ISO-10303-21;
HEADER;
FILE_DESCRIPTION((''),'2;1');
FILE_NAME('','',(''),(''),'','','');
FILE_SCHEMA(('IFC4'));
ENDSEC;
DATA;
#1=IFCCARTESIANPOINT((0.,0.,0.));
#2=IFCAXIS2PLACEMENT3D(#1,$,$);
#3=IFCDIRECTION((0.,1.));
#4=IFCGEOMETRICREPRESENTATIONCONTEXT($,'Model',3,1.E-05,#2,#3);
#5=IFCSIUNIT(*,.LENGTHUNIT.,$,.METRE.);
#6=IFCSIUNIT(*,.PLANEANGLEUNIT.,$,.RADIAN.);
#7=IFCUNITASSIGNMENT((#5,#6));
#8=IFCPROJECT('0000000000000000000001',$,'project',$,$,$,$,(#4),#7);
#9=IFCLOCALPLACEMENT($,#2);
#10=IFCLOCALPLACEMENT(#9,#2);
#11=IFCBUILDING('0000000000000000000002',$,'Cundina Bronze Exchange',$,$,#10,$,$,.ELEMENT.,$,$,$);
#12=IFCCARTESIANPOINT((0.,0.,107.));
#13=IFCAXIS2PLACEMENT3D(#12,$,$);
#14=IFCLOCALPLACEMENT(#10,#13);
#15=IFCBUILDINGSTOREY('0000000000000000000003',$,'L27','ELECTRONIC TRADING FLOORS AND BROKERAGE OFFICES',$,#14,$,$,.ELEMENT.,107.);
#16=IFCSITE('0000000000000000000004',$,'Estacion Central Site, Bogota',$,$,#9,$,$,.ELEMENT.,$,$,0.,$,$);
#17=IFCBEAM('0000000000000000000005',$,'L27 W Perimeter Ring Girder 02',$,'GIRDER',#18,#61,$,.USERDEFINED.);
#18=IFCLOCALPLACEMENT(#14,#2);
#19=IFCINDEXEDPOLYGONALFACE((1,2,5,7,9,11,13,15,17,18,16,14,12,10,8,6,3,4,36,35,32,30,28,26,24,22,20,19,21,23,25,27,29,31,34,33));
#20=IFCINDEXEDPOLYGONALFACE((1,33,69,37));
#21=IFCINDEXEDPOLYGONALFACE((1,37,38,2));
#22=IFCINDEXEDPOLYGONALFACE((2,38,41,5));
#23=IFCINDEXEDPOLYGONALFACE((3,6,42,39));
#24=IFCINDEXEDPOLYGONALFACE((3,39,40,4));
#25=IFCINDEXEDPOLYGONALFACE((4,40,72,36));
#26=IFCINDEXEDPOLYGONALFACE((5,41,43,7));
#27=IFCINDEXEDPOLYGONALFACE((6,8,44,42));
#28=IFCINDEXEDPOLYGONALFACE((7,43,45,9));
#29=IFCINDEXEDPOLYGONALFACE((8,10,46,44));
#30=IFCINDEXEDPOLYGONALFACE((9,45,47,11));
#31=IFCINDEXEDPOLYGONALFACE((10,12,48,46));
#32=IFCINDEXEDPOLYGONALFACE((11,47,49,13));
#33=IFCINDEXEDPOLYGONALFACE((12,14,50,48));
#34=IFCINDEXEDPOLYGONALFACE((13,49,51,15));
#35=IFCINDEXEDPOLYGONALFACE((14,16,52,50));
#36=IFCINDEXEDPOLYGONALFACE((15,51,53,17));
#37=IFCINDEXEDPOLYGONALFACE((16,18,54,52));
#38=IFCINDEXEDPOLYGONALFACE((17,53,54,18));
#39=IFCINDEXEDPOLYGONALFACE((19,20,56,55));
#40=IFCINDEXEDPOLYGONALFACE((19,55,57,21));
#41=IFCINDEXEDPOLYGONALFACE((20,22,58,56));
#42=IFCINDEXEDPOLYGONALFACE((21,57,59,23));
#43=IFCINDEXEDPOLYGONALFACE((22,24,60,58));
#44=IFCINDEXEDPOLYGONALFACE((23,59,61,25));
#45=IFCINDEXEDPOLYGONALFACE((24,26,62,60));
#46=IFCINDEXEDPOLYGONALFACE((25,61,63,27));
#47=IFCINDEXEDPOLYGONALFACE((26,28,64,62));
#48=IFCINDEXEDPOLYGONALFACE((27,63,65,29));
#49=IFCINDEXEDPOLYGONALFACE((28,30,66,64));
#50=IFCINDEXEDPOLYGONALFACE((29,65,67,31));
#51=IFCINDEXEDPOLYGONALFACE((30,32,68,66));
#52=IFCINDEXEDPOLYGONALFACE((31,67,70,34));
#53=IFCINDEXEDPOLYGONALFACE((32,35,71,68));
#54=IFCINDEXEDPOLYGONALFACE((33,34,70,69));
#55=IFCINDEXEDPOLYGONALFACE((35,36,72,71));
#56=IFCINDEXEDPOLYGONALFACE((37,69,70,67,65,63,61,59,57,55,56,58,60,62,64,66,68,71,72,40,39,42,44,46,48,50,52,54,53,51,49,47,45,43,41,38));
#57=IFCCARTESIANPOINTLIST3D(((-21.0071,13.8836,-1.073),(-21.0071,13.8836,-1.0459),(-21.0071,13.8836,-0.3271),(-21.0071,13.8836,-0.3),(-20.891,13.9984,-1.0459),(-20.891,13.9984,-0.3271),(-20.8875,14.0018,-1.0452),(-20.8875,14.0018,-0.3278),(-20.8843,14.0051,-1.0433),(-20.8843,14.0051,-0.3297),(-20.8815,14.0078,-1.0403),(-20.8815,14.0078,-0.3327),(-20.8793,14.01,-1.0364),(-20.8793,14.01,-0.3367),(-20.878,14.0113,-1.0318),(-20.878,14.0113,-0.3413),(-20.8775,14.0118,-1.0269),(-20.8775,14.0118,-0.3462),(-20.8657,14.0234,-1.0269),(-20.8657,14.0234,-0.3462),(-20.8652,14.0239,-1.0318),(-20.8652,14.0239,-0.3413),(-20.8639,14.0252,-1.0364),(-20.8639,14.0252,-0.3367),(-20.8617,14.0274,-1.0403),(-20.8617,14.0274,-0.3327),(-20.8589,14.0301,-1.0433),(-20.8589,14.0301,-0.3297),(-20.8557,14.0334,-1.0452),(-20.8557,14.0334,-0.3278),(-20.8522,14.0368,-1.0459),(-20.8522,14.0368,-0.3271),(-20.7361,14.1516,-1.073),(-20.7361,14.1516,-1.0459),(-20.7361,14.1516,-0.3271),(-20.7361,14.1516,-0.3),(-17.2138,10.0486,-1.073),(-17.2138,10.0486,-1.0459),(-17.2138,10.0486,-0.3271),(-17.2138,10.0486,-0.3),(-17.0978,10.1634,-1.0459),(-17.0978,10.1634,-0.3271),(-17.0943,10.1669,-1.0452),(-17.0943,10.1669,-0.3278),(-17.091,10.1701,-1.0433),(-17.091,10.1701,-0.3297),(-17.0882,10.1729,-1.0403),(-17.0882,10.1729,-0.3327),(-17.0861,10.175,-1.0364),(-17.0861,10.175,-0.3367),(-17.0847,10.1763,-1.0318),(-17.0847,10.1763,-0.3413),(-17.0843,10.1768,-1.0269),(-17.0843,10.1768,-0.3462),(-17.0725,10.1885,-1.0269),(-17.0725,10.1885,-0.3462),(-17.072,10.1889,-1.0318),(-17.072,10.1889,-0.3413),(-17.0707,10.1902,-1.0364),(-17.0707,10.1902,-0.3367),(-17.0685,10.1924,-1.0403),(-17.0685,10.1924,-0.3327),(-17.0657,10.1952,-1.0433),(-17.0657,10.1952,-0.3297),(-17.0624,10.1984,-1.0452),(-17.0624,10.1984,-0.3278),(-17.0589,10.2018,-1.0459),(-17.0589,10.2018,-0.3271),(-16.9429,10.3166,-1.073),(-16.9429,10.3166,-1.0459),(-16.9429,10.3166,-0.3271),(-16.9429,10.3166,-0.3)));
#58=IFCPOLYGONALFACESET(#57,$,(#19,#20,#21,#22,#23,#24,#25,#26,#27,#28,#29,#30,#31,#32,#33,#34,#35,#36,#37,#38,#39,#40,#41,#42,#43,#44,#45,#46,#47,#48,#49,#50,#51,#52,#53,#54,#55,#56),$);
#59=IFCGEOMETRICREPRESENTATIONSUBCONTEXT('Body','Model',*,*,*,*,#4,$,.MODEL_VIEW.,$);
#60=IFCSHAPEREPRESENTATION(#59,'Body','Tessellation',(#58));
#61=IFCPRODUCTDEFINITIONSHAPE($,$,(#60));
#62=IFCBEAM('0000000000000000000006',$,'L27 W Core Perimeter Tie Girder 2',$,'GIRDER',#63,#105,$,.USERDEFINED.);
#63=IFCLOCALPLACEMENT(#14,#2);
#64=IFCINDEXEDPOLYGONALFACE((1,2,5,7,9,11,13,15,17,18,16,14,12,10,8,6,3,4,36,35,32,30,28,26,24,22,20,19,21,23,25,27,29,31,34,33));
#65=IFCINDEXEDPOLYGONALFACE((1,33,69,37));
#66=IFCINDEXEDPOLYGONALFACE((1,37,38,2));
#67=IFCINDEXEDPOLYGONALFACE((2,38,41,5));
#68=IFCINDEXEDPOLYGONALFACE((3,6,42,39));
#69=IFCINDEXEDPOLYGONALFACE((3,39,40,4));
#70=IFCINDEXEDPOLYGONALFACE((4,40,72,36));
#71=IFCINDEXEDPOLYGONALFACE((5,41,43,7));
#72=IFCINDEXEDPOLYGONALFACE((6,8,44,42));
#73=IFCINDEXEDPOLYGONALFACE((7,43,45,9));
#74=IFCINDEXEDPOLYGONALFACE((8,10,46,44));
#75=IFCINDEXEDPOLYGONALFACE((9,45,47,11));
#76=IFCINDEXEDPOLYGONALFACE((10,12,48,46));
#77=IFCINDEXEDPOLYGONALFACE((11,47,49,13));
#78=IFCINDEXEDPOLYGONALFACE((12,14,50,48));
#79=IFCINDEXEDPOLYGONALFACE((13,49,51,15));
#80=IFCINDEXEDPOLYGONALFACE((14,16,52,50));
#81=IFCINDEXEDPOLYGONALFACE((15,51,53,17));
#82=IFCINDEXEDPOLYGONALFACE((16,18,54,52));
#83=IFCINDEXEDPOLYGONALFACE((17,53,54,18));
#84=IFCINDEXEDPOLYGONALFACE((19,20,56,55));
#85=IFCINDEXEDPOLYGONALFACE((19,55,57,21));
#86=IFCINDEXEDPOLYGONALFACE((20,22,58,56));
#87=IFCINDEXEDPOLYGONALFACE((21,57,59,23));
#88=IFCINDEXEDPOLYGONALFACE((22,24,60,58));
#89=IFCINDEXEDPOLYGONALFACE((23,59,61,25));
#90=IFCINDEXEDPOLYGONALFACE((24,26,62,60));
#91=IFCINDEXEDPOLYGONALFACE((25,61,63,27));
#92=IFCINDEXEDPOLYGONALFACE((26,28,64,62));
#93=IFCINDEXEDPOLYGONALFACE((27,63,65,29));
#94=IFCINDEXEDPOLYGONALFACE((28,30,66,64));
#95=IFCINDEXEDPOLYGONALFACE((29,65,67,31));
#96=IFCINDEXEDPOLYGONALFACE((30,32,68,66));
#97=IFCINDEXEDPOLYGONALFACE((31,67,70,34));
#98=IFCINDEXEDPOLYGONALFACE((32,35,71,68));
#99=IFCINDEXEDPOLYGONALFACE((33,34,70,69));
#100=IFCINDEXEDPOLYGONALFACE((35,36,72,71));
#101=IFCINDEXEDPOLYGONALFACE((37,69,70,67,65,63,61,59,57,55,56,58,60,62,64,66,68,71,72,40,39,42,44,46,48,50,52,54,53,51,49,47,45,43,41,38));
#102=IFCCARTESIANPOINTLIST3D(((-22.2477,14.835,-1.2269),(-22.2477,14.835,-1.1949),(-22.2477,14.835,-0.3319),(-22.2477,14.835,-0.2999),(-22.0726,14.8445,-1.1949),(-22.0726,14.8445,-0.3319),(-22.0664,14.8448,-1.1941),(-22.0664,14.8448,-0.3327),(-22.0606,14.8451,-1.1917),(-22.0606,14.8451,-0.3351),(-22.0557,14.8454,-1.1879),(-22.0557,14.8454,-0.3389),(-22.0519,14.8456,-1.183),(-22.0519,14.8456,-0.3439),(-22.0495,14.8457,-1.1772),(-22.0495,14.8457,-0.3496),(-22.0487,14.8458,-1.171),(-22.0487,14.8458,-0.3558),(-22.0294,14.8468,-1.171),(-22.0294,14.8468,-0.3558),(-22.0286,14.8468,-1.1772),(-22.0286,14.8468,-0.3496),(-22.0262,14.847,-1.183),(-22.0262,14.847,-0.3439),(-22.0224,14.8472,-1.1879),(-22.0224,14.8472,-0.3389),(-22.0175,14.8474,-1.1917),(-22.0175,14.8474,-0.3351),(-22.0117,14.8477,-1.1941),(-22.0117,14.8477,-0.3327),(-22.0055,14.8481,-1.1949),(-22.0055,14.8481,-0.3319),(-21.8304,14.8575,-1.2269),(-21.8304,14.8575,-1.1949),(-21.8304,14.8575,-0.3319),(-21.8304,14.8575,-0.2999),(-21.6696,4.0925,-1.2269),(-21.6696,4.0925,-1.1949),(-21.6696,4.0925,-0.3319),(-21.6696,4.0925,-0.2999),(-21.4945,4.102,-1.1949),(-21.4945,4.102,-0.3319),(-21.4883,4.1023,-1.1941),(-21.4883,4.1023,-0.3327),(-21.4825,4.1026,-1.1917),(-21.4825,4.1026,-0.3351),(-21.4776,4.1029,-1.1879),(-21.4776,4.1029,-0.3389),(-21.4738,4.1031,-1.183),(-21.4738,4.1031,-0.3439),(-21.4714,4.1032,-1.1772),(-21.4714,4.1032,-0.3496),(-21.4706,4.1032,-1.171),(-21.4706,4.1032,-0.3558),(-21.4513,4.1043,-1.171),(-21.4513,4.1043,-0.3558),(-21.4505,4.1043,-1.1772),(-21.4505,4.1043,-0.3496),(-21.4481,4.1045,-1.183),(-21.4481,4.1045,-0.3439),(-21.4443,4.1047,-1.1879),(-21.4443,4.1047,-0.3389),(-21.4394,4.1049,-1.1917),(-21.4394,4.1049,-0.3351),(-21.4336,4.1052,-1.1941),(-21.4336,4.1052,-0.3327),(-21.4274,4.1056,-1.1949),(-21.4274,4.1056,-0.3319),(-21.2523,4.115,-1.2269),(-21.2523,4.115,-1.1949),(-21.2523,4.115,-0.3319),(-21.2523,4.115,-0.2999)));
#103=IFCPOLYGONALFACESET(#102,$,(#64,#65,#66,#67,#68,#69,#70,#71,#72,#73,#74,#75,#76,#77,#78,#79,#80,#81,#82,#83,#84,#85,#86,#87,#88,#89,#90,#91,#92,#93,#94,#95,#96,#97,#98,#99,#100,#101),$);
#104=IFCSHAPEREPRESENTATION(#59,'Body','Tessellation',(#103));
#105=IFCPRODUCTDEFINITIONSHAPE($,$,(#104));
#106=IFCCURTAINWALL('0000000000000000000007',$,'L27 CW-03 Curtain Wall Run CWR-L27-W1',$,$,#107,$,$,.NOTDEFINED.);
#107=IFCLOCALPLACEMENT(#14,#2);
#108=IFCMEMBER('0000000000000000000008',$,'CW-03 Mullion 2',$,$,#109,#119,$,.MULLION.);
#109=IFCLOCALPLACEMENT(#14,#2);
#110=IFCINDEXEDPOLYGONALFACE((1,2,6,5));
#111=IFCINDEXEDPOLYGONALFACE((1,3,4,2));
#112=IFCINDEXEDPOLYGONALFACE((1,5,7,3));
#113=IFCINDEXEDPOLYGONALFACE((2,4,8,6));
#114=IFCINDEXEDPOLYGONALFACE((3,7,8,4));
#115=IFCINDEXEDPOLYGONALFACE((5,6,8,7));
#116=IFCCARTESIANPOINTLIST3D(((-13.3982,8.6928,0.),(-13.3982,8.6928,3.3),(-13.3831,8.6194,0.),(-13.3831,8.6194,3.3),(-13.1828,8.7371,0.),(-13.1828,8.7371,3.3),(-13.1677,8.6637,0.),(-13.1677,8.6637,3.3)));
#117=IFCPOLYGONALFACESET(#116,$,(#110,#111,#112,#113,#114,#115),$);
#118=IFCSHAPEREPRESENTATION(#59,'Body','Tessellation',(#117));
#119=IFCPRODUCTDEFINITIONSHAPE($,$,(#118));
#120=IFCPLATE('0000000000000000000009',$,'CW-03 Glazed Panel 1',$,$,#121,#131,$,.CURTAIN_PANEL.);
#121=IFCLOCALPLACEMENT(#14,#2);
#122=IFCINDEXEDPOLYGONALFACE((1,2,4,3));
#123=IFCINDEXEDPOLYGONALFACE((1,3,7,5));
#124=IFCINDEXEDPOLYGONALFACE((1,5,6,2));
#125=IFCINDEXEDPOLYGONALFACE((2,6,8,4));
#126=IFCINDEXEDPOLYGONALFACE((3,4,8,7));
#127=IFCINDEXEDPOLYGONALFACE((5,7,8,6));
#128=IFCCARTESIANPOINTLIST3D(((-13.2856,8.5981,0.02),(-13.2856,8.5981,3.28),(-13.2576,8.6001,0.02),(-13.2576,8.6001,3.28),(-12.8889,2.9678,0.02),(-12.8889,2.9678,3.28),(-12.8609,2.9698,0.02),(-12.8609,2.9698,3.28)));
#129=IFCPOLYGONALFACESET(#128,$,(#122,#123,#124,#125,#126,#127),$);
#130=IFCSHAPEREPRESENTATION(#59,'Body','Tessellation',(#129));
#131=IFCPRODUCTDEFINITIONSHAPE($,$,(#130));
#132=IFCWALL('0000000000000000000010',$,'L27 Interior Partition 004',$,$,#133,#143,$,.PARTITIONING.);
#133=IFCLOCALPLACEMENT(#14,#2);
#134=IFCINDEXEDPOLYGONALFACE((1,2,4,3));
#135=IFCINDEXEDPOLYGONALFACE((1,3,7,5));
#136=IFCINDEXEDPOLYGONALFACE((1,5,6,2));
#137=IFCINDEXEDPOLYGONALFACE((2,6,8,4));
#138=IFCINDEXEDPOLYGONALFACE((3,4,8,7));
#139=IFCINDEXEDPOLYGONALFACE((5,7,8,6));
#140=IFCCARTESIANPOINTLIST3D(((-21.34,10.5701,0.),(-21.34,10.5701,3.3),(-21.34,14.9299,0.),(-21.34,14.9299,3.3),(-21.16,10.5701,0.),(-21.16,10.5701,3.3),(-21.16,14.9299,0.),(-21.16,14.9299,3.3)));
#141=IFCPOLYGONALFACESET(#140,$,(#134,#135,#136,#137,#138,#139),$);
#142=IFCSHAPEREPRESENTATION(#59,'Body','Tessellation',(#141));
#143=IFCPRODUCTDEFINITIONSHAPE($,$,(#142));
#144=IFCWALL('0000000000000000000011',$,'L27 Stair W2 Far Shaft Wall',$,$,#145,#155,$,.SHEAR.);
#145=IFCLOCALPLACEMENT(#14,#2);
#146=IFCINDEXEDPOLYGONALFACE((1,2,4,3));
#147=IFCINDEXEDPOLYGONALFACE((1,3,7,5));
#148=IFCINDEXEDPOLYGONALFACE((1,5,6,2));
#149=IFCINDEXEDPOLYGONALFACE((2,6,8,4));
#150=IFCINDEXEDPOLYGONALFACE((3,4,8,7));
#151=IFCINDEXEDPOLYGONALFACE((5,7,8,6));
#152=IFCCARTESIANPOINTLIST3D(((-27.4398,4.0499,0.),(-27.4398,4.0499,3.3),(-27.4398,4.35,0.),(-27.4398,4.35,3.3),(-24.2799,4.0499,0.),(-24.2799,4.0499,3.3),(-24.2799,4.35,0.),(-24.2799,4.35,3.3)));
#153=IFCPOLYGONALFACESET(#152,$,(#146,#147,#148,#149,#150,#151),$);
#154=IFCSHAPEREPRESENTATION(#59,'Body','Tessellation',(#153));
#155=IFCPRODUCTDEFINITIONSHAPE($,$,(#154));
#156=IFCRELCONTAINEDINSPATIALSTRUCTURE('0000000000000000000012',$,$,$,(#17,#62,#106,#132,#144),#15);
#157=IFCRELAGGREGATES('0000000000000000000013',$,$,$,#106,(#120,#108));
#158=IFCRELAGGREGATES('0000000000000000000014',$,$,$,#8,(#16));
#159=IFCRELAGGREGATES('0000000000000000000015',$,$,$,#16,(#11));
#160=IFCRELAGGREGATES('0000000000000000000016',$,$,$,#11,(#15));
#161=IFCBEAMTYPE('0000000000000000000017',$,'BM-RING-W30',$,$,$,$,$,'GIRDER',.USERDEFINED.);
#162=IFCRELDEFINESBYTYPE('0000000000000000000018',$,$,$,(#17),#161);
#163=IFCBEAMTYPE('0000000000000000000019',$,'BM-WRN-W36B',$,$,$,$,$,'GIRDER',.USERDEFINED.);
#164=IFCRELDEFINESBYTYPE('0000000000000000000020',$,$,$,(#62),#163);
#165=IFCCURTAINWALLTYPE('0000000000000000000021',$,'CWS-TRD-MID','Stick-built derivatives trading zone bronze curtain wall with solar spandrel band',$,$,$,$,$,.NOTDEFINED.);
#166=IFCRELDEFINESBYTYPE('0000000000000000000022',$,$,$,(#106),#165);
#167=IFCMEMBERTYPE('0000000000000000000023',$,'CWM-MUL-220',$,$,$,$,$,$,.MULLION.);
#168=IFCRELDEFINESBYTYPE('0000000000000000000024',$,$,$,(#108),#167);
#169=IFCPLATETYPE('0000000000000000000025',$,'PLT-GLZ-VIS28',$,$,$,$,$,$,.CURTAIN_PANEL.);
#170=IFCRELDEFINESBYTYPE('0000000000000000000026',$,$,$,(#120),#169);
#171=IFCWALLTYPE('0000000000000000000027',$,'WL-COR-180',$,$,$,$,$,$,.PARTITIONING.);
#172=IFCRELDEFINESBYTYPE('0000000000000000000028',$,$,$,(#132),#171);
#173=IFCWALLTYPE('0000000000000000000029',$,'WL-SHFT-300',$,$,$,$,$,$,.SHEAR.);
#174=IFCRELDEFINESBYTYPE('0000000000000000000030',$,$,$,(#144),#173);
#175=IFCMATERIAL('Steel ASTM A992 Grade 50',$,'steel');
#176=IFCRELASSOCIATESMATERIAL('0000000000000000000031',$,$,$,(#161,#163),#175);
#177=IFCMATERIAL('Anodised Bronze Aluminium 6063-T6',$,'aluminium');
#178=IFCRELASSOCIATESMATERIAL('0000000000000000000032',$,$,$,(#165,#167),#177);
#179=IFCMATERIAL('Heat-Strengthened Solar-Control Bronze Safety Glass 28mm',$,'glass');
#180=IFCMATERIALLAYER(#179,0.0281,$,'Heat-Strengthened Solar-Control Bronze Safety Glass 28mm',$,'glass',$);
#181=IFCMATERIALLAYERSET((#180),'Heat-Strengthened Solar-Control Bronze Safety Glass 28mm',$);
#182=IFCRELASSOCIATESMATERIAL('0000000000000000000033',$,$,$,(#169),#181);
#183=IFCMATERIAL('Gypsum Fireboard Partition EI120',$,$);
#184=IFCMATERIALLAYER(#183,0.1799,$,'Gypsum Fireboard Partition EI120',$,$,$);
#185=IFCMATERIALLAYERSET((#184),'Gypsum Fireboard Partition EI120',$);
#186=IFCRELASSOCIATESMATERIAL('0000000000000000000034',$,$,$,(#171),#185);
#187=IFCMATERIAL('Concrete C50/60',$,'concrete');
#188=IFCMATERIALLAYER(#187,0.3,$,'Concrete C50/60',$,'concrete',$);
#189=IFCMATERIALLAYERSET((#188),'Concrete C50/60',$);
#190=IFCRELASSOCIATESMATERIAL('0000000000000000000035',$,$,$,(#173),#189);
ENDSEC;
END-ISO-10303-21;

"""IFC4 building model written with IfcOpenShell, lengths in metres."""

from ifc_helpers import new_model, si_unit, direction, frame, frame_2d, origin, origin_2d, place, context, subcontext, project, spatial, rectangle, i_section, extrude, material, layer, layer_set, material_profile, profile_set, type_object, element, aggregate, save


model = new_model("IFC4")

# Units and contexts
model_context = context("Model", 3, precision=1e-05, world=origin(), true_north=direction((0.0, 1.0)))
body_context = subcontext(model_context, "Body", "Model", "MODEL_VIEW")
ifc_project = project(units=[si_unit("LENGTHUNIT", "METRE"), si_unit("PLANEANGLEUNIT", "RADIAN")], contexts=[model_context])

# Site, building, storey
site_placement = place(None, origin())
site = spatial("IfcSite", under=ifc_project, at=site_placement, Name="Estacion Central Site, Bogota", CompositionType="ELEMENT", RefElevation=0.0)
building_placement = place(site_placement, origin())
building = spatial("IfcBuilding", under=site, at=building_placement, Name="Cundina Bronze Exchange", CompositionType="ELEMENT")
storey_placement = place(building_placement, frame((0.0, 0.0, 107.0)))
storey = spatial("IfcBuildingStorey", under=building, at=storey_placement, Name="L27", Description="ELECTRONIC TRADING FLOORS AND BROKERAGE OFFICES", CompositionType="ELEMENT", Elevation=107.0)

# Beams
ifc_material_1 = material(Name="Steel ASTM A992 Grade 50", Category="steel")
ifc_material_profile_1 = material_profile(ifc_material_1, i_section(OverallWidth=0.3811, OverallDepth=0.7729, WebThickness=0.0166, FlangeThickness=0.0271, FilletRadius=0.019, at=origin_2d()), Name="W30X173", Category="steel")
ifc_profile_set_1 = profile_set([ifc_material_profile_1], Name="Steel ASTM A992 Grade 50")
beam_type_1 = type_object("IfcBeamType", Name="BM-RING-W30", ElementType="GIRDER", PredefinedType="USERDEFINED", material=ifc_profile_set_1)
beam_1_placement = place(storey_placement, frame((-17.0784, 10.1826, -0.6865), z_axis=(-0.703226, 0.710966, 0.0), x_axis=(-0.710966, -0.703226, 0.0)))
element("IfcBeam", 1, at=beam_1_placement, inside=storey, type_object=beam_type_1, Name="L27 W Perimeter Ring Girder 02", ObjectType="GIRDER", PredefinedType="USERDEFINED", context=body_context, shape_type="SweptSolid", body=[
    extrude(i_section(OverallWidth=0.3811, OverallDepth=0.7729, WebThickness=0.0166, FlangeThickness=0.0271, FilletRadius=0.019, at=origin_2d()), origin(), (0.0, 0.0, 1.0), 5.394),
])
ifc_material_profile_2 = material_profile(ifc_material_1, i_section(OverallWidth=0.418, OverallDepth=0.927, WebThickness=0.0193, FlangeThickness=0.032, FilletRadius=0.0239, at=origin_2d()), Name="W36X231", Category="steel")
ifc_profile_set_2 = profile_set([ifc_material_profile_2], Name="Steel ASTM A992 Grade 50")
beam_type_2 = type_object("IfcBeamType", Name="BM-WRN-W36B", ElementType="GIRDER", PredefinedType="USERDEFINED", material=ifc_profile_set_2)
beam_2_placement = place(storey_placement, frame((-21.4609, 4.1038, -0.7634), z_axis=(-0.053739, 0.998555, 0.0), x_axis=(-0.998555, -0.053739, 0.0)))
element("IfcBeam", 2, at=beam_2_placement, inside=storey, type_object=beam_type_2, Name="L27 W Core Perimeter Tie Girder 2", ObjectType="GIRDER", PredefinedType="USERDEFINED", context=body_context, shape_type="SweptSolid", body=[
    extrude(i_section(OverallWidth=0.418, OverallDepth=0.927, WebThickness=0.0193, FlangeThickness=0.032, FilletRadius=0.0239, at=origin_2d()), origin(), (0.0, 0.0, 1.0), 10.7581),
])

# Curtain wall, member, plate
ifc_material_2 = material(Name="Anodised Bronze Aluminium 6063-T6", Category="aluminium")
curtain_wall_type = type_object("IfcCurtainWallType", Name="CWS-TRD-MID", Description="Stick-built derivatives trading zone bronze curtain wall with solar spandrel band", PredefinedType="NOTDEFINED", material=ifc_material_2)
curtain_wall_placement = place(storey_placement, origin())
curtain_wall = element("IfcCurtainWall", 3, at=curtain_wall_placement, inside=storey, type_object=curtain_wall_type, Name="L27 CW-03 Curtain Wall Run CWR-L27-W1", PredefinedType="NOTDEFINED")
ifc_material_profile_3 = material_profile(ifc_material_2, rectangle(XDim=0.075, YDim=0.22, at=origin_2d()), Name="AL75X220", Category="aluminium")
ifc_profile_set_3 = profile_set([ifc_material_profile_3], Name="Anodised Bronze Aluminium 6063-T6")
member_type = type_object("IfcMemberType", Name="CWM-MUL-220", PredefinedType="MULLION", material=ifc_profile_set_3)
member_placement = place(storey_placement, frame((-13.283, 8.6782, 0.0), z_axis=(0.0, 0.0, 1.0), x_axis=(-0.20142, 0.979505, 0.0)))
member = element("IfcMember", 4, at=member_placement, type_object=member_type, Name="CW-03 Mullion 2", PredefinedType="MULLION", context=body_context, shape_type="SweptSolid", body=[
    extrude(rectangle(XDim=0.075, YDim=0.22, at=origin_2d()), origin(), (0.0, 0.0, 1.0), 3.3),
])
ifc_material_3 = material(Name="Heat-Strengthened Solar-Control Bronze Safety Glass 28mm", Category="glass")
ifc_layer_1 = layer(ifc_material_3, 0.0281, Name="Heat-Strengthened Solar-Control Bronze Safety Glass 28mm", Category="glass")
ifc_layer_set_1 = layer_set([ifc_layer_1], Name="Heat-Strengthened Solar-Control Bronze Safety Glass 28mm")
plate_type = type_object("IfcPlateType", Name="PLT-GLZ-VIS28", PredefinedType="CURTAIN_PANEL", material=ifc_layer_set_1)
plate_placement = place(storey_placement, frame((-13.0732, 5.7839, 0.02), z_axis=(0.0, 0.0, 1.0), x_axis=(-0.070279, 0.997527, 0.0)))
plate = element("IfcPlate", 5, at=plate_placement, type_object=plate_type, Name="CW-03 Glazed Panel 1", PredefinedType="CURTAIN_PANEL", context=body_context, shape_type="SweptSolid", body=[
    extrude(rectangle(XDim=5.6443, YDim=0.0281, at=origin_2d()), origin(), (0.0, 0.0, 1.0), 3.26),
])
aggregate(curtain_wall, [plate, member])

# Walls
ifc_material_4 = material(Name="Gypsum Fireboard Partition EI120")
ifc_layer_2 = layer(ifc_material_4, 0.1799, Name="Gypsum Fireboard Partition EI120")
ifc_layer_set_2 = layer_set([ifc_layer_2], Name="Gypsum Fireboard Partition EI120")
wall_type_1 = type_object("IfcWallType", Name="WL-COR-180", PredefinedType="PARTITIONING", material=ifc_layer_set_2)
wall_1_placement = place(storey_placement, frame((-21.25, 10.5701, 0.0), z_axis=(0.0, 0.0, 1.0), x_axis=(0.0, 1.0, 0.0)))
element("IfcWall", 6, at=wall_1_placement, inside=storey, type_object=wall_type_1, Name="L27 Interior Partition 004", PredefinedType="PARTITIONING", context=body_context, shape_type="SweptSolid", body=[
    extrude(rectangle(XDim=4.3599, YDim=0.1799, at=frame_2d((2.1799, 0.0))), origin(), (0.0, 0.0, 1.0), 3.3),
])
ifc_material_5 = material(Name="Concrete C50/60", Category="concrete")
ifc_layer_3 = layer(ifc_material_5, 0.3, Name="Concrete C50/60", Category="concrete")
ifc_layer_set_3 = layer_set([ifc_layer_3], Name="Concrete C50/60")
wall_type_2 = type_object("IfcWallType", Name="WL-SHFT-300", PredefinedType="SHEAR", material=ifc_layer_set_3)
wall_2_placement = place(storey_placement, frame((-27.4399, 4.2, 0.0), z_axis=(0.0, 0.0, 1.0), x_axis=(1.0, 0.0, 0.0)))
element("IfcWall", 7, at=wall_2_placement, inside=storey, type_object=wall_type_2, Name="L27 Stair W2 Far Shaft Wall", PredefinedType="SHEAR", context=body_context, shape_type="SweptSolid", body=[
    extrude(rectangle(XDim=3.1599, YDim=0.3, at=frame_2d((1.5801, 0.0))), origin(), (0.0, 0.0, 1.0), 3.3),
])

save(model, "model.ifc")
